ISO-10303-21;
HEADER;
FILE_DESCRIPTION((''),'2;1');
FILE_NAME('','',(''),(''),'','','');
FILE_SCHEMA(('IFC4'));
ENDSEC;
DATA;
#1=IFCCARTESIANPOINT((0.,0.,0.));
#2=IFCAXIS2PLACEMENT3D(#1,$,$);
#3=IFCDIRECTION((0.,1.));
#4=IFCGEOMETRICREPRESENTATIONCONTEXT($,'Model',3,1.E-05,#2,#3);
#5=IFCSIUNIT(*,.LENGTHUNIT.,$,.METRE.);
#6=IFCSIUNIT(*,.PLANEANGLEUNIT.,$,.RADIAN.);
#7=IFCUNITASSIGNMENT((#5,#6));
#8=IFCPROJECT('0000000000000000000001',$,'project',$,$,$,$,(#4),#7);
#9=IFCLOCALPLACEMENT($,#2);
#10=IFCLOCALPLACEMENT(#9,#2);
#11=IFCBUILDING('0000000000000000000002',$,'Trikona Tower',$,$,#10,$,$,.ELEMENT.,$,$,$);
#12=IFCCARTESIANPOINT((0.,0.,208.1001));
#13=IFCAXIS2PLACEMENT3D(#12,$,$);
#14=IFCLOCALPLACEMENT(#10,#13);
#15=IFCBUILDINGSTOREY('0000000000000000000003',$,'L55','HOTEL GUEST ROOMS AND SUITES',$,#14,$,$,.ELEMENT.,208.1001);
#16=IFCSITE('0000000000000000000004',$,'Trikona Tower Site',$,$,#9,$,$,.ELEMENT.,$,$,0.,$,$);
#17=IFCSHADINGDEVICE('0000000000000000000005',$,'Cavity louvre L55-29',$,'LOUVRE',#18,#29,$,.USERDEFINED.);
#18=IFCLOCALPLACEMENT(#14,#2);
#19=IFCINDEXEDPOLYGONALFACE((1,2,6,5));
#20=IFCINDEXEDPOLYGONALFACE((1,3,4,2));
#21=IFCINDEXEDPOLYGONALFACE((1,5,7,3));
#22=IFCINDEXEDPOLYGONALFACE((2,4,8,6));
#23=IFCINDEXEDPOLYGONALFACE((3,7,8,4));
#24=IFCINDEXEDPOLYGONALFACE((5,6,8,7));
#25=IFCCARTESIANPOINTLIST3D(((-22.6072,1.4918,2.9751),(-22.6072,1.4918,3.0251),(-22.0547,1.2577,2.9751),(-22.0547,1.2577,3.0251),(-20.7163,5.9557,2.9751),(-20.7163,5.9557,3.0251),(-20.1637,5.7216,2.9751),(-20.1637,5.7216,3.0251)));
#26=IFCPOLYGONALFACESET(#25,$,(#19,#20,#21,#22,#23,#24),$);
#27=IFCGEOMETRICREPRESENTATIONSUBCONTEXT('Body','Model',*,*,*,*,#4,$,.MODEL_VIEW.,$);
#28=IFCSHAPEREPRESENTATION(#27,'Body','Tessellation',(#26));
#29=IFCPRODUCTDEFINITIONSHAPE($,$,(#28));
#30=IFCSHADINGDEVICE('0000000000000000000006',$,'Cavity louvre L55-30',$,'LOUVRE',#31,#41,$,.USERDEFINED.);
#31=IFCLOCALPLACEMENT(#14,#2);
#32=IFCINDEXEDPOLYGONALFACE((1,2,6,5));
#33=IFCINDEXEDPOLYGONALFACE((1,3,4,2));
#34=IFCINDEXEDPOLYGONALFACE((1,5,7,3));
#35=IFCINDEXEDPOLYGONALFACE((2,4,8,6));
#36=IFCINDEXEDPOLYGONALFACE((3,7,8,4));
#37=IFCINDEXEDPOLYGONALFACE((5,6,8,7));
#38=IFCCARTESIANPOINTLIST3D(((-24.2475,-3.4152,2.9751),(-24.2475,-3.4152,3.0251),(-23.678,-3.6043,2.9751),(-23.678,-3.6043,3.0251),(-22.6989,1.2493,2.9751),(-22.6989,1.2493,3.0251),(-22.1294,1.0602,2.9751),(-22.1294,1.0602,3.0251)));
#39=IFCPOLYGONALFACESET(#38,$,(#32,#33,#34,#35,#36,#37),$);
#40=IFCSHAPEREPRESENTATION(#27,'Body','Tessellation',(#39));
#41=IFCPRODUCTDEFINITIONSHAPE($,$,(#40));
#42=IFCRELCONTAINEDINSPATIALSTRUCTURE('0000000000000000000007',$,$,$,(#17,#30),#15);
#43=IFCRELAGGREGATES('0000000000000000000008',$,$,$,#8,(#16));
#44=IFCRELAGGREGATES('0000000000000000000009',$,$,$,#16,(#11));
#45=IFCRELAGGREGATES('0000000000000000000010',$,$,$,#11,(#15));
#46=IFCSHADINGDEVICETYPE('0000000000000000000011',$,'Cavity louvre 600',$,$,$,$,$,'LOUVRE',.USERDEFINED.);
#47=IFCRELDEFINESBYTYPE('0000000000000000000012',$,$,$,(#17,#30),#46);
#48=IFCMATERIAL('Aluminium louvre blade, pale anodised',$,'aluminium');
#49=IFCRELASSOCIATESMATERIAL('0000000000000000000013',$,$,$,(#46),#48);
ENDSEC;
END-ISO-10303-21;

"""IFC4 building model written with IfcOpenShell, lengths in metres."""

from ifc_helpers import new_model, si_unit, direction, frame, origin, origin_2d, place, context, subcontext, project, spatial, rectangle, extrude, material, type_object, element, save


model = new_model("IFC4")

# Units and contexts
model_context = context("Model", 3, precision=1e-05, world=origin(), true_north=direction((0.0, 1.0)))
body_context = subcontext(model_context, "Body", "Model", "MODEL_VIEW")
ifc_project = project(units=[si_unit("LENGTHUNIT", "METRE"), si_unit("PLANEANGLEUNIT", "RADIAN")], contexts=[model_context])

# Site, building, storey
site_placement = place(None, origin())
site = spatial("IfcSite", under=ifc_project, at=site_placement, Name="Trikona Tower Site", CompositionType="ELEMENT", RefElevation=0.0)
building_placement = place(site_placement, origin())
building = spatial("IfcBuilding", under=site, at=building_placement, Name="Trikona Tower", CompositionType="ELEMENT")
storey_placement = place(building_placement, frame((0.0, 0.0, 208.1001)))
storey = spatial("IfcBuildingStorey", under=building, at=storey_placement, Name="L55", Description="HOTEL GUEST ROOMS AND SUITES", CompositionType="ELEMENT", Elevation=208.1001)

# Shading devices
ifc_material_1 = material(Name="Aluminium louvre blade, pale anodised", Category="aluminium")
shading_device_type = type_object("IfcShadingDeviceType", Name="Cavity louvre 600", ElementType="LOUVRE", PredefinedType="USERDEFINED", material=ifc_material_1)
shading_device_1_placement = place(storey_placement, frame((-21.3855, 3.6067, 2.9751), z_axis=(0.0, 0.0, 1.0), x_axis=(-0.390051, -0.920793, 0.0)))
element("IfcShadingDevice", 1, at=shading_device_1_placement, inside=storey, type_object=shading_device_type, Name="Cavity louvre L55-29", ObjectType="LOUVRE", PredefinedType="USERDEFINED", context=body_context, shape_type="SweptSolid", body=[
    extrude(rectangle(XDim=4.8479, YDim=0.6001, at=origin_2d()), origin(), (0.0, 0.0, 1.0), 0.05),
])
shading_device_2_placement = place(storey_placement, frame((-23.1885, -1.1775, 2.9751), z_axis=(0.0, 0.0, 1.0), x_axis=(-0.315093, -0.949061, 0.0)))
element("IfcShadingDevice", 2, at=shading_device_2_placement, inside=storey, type_object=shading_device_type, Name="Cavity louvre L55-30", ObjectType="LOUVRE", PredefinedType="USERDEFINED", context=body_context, shape_type="SweptSolid", body=[
    extrude(rectangle(XDim=4.9148, YDim=0.6001, at=origin_2d()), origin(), (0.0, 0.0, 1.0), 0.05),
])

save(model, "model.ifc")
